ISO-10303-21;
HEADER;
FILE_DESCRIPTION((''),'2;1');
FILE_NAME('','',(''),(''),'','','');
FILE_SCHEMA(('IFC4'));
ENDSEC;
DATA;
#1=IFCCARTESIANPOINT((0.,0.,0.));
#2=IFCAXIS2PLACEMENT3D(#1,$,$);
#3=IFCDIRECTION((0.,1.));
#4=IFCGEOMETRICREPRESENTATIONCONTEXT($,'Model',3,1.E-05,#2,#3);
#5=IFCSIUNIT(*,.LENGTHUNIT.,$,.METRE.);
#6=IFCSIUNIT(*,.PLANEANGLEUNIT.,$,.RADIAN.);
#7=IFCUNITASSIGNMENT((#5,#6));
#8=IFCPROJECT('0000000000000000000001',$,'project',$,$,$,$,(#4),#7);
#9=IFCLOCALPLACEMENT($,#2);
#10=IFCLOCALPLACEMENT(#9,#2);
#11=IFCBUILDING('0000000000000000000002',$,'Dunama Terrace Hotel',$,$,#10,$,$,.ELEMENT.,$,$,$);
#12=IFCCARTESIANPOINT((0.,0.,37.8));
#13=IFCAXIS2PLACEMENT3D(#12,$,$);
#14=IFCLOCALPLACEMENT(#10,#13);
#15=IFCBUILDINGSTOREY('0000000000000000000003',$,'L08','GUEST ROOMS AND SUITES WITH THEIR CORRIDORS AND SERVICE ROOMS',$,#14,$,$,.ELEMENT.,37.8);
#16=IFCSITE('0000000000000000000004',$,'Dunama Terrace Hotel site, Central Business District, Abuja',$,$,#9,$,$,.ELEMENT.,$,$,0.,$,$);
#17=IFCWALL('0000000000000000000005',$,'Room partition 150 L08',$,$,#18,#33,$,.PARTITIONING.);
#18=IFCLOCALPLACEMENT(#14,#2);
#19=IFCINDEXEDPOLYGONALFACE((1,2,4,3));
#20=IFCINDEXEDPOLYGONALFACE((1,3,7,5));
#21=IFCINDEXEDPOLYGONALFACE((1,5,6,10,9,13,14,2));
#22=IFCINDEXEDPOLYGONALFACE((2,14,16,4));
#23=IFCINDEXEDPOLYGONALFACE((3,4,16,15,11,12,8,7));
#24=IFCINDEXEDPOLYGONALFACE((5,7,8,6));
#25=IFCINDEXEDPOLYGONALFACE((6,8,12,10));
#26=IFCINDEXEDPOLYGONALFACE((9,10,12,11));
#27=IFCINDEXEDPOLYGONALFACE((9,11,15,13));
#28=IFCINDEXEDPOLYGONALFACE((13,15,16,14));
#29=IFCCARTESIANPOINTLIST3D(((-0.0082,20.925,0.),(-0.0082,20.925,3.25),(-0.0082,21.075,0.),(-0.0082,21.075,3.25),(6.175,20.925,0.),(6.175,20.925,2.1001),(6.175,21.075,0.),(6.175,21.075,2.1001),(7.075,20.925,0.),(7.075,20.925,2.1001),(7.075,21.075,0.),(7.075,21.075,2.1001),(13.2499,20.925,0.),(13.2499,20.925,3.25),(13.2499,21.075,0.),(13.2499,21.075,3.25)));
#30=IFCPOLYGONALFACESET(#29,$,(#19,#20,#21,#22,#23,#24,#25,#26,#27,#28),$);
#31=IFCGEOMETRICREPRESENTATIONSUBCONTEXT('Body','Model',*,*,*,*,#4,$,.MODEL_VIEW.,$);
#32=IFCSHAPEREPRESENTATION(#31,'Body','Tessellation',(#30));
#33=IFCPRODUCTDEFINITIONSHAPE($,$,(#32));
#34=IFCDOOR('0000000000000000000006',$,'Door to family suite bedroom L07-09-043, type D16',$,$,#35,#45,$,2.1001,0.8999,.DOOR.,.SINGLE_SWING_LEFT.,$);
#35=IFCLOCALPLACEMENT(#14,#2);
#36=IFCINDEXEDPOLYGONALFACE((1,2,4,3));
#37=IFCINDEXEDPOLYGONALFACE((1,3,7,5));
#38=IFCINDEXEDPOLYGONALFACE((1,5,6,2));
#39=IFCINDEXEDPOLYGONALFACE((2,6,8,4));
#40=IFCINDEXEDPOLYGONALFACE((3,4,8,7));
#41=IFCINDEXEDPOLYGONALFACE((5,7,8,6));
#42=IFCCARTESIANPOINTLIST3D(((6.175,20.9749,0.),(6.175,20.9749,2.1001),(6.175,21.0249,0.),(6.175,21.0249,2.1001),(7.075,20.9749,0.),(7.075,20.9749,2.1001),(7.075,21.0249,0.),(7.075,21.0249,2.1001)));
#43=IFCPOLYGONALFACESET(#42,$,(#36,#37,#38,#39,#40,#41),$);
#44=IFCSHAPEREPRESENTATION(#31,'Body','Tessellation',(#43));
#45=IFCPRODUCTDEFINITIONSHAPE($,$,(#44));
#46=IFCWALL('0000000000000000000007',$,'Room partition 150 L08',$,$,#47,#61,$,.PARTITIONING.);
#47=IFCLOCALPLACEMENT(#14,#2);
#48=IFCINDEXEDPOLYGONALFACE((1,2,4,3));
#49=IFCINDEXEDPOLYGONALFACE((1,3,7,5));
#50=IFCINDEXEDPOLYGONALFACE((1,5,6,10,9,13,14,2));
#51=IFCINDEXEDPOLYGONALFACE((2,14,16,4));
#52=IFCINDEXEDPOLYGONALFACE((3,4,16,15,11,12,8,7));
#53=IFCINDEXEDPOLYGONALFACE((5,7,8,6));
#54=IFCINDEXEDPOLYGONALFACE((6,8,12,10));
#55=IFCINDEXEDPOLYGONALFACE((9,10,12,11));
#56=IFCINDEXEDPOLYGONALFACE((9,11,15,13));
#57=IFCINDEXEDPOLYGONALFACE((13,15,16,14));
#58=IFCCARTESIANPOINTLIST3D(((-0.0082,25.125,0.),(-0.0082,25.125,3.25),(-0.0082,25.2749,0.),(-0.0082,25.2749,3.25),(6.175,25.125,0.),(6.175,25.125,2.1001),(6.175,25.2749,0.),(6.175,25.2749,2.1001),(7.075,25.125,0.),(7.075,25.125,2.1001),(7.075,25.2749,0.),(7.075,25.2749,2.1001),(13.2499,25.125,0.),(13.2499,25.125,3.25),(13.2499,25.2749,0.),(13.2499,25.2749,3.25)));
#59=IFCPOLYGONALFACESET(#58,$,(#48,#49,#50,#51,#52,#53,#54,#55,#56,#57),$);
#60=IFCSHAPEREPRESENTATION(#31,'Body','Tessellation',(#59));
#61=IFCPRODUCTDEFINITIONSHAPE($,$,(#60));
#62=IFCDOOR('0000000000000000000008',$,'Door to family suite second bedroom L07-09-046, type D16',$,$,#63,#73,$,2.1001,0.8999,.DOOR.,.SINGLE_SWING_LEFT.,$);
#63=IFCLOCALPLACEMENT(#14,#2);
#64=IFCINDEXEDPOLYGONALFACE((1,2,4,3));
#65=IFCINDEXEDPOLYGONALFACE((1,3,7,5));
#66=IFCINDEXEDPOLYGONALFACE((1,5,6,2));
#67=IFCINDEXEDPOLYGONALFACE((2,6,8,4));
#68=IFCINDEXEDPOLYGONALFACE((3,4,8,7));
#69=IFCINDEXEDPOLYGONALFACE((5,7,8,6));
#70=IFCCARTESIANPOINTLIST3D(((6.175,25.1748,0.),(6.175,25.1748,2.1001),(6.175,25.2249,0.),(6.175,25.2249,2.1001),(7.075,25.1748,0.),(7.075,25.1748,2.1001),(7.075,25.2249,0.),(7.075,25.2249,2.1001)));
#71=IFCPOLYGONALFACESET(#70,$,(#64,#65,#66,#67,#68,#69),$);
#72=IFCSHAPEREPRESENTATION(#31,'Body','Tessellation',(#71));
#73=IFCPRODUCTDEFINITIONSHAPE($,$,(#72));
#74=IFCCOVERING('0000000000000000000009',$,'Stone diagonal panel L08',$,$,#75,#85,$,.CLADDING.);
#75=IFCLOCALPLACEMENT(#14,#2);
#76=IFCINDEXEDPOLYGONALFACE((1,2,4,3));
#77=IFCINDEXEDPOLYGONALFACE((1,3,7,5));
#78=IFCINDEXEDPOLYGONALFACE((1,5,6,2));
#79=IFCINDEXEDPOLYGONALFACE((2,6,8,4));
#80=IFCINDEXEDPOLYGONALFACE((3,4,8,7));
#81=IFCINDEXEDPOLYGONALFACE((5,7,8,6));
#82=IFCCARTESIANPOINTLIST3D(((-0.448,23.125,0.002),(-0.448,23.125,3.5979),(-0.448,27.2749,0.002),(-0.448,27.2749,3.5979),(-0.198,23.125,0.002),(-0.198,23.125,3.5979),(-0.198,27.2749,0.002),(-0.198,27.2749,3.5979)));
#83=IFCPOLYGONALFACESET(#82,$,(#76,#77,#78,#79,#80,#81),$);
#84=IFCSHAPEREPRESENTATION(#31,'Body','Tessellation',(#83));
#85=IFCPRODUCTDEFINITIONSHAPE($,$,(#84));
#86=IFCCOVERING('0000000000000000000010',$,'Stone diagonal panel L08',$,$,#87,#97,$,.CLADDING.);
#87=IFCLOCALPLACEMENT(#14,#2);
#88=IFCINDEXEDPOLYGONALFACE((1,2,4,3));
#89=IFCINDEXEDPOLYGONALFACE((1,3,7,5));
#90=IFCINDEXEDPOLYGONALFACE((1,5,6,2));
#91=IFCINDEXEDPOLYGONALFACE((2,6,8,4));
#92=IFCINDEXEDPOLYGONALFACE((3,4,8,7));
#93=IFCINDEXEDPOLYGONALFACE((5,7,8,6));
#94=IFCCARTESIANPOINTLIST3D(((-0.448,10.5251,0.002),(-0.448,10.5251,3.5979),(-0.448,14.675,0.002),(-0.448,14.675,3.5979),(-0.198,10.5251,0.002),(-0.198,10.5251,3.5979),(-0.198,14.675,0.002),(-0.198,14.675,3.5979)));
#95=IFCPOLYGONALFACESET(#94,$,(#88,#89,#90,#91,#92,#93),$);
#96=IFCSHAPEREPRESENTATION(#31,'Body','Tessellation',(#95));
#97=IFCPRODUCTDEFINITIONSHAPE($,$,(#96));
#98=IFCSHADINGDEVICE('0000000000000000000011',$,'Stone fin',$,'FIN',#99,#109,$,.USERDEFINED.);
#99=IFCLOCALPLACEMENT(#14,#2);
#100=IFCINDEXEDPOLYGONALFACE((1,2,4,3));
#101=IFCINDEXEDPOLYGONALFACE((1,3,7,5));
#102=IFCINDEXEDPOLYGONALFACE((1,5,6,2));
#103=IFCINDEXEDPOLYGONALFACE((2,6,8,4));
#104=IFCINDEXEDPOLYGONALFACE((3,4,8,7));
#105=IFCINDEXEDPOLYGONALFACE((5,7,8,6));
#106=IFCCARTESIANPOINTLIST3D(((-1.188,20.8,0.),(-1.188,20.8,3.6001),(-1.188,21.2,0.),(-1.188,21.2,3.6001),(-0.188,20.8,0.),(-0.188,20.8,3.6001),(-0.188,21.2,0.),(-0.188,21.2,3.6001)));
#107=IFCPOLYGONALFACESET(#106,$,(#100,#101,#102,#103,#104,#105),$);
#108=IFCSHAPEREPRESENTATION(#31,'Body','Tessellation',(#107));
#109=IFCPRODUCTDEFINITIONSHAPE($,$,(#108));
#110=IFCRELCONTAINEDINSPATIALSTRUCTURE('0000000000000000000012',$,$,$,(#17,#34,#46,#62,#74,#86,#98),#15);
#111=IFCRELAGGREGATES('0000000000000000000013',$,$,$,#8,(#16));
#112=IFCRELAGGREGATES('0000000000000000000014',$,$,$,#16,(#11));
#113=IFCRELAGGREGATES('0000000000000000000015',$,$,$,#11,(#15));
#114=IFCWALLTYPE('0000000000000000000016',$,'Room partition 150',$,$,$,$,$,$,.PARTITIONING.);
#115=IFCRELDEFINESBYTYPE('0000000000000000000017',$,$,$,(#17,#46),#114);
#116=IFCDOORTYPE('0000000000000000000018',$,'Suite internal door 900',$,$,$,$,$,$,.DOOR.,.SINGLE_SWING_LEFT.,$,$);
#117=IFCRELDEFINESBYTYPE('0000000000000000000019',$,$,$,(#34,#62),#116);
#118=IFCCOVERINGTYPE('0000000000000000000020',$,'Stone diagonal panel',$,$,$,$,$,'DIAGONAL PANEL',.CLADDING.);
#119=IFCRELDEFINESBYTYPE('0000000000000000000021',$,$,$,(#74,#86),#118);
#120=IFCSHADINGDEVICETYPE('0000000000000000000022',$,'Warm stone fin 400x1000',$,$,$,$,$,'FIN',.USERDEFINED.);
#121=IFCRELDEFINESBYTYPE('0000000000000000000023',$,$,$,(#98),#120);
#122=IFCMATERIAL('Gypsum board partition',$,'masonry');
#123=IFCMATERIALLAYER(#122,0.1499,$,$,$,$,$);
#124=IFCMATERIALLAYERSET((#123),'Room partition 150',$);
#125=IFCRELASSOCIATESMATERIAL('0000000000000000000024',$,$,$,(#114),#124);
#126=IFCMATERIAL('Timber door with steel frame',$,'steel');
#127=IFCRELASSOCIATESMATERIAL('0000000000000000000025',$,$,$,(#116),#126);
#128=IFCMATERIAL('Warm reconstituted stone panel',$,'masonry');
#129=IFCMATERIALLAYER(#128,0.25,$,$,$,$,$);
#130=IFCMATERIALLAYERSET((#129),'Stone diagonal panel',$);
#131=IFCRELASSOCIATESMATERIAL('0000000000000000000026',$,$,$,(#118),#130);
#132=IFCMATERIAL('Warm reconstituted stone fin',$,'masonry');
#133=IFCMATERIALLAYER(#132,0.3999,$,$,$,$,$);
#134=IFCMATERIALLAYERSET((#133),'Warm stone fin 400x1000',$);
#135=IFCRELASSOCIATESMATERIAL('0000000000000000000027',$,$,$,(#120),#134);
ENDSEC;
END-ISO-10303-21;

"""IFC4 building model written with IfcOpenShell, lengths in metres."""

from ifc_helpers import new_model, si_unit, direction, frame, frame_2d, origin, origin_2d, place, context, subcontext, project, spatial, rectangle, extrude, material, layer, layer_set, type_object, element, fill, save


model = new_model("IFC4")

# Units and contexts
model_context = context("Model", 3, precision=1e-05, world=origin(), true_north=direction((0.0, 1.0)))
body_context = subcontext(model_context, "Body", "Model", "MODEL_VIEW")
ifc_project = project(units=[si_unit("LENGTHUNIT", "METRE"), si_unit("PLANEANGLEUNIT", "RADIAN")], contexts=[model_context])

# Site, building, storey
site_placement = place(None, origin())
site = spatial("IfcSite", under=ifc_project, at=site_placement, Name="Dunama Terrace Hotel site, Central Business District, Abuja", CompositionType="ELEMENT", RefElevation=0.0)
building_placement = place(site_placement, origin())
building = spatial("IfcBuilding", under=site, at=building_placement, Name="Dunama Terrace Hotel", CompositionType="ELEMENT")
storey_placement = place(building_placement, frame((0.0, 0.0, 37.8)))
storey = spatial("IfcBuildingStorey", under=building, at=storey_placement, Name="L08", Description="GUEST ROOMS AND SUITES WITH THEIR CORRIDORS AND SERVICE ROOMS", CompositionType="ELEMENT", Elevation=37.8)

# Shared definitions
ifc_material_1 = material(Name="Gypsum board partition", Category="masonry")
ifc_layer_1 = layer(ifc_material_1, 0.1499)
ifc_layer_set_1 = layer_set([ifc_layer_1], Name="Room partition 150")
wall_type_1 = type_object("IfcWallType", Name="Room partition 150", PredefinedType="PARTITIONING", material=ifc_layer_set_1)

# Shared definitions
ifc_material_2 = material(Name="Timber door with steel frame", Category="steel")
door_type_1 = type_object("IfcDoorType", Name="Suite internal door 900", OperationType="SINGLE_SWING_LEFT", PredefinedType="DOOR", material=ifc_material_2)

# Walls, openings, doors
wall_1_placement = place(storey_placement, frame((-0.0081, 21.0, 0.0), z_axis=(0.0, 0.0, 1.0), x_axis=(1.0, 0.0, 0.0)))
wall_1 = element("IfcWall", 1, at=wall_1_placement, inside=storey, type_object=wall_type_1, Name="Room partition 150 L08", PredefinedType="PARTITIONING", context=body_context, shape_type="SweptSolid", body=[
    extrude(rectangle(XDim=13.2581, YDim=0.1499, at=frame_2d((6.6289, 0.0))), origin(), (0.0, 0.0, 1.0), 3.25),
])
opening_1_placement = place(wall_1_placement, frame((6.1831, 0.0, 0.0)))
opening_1 = element("IfcOpeningElement", 2, at=opening_1_placement, cuts=wall_1, PredefinedType="OPENING", context=body_context, shape_type="SweptSolid", body=[
    extrude(rectangle(XDim=0.8999, YDim=2.1001, at=frame_2d((0.45, 1.05))), frame((0.0, 0.085, 0.0), z_axis=(0.0, -1.0, 0.0), x_axis=(1.0, 0.0, 0.0)), (0.0, 0.0, 1.0), 0.1699),
])
door_1_placement = place(opening_1_placement, frame((0.8999, 0.0, 0.0), z_axis=(0.0, 0.0, 1.0), x_axis=(-1.0, 0.0, 0.0)))
door_1 = element("IfcDoor", 3, at=door_1_placement, inside=storey, type_object=door_type_1, Name="Door to family suite bedroom L07-09-043, type D16", OperationType="SINGLE_SWING_LEFT", OverallHeight=2.1001, OverallWidth=0.8999, PredefinedType="DOOR", context=body_context, shape_type="SweptSolid", body=[
    extrude(rectangle(XDim=0.8999, YDim=2.1001, at=frame_2d((0.45, 1.05))), frame((0.0, 0.0251, 0.0), z_axis=(0.0, -1.0, 0.0), x_axis=(1.0, 0.0, 0.0)), (0.0, 0.0, 1.0), 0.05),
])
fill(opening_1, door_1)
wall_2_placement = place(storey_placement, frame((-0.0081, 25.2, 0.0), z_axis=(0.0, 0.0, 1.0), x_axis=(1.0, 0.0, 0.0)))
wall_2 = element("IfcWall", 4, at=wall_2_placement, inside=storey, type_object=wall_type_1, Name="Room partition 150 L08", PredefinedType="PARTITIONING", context=body_context, shape_type="SweptSolid", body=[
    extrude(rectangle(XDim=13.2581, YDim=0.1499, at=frame_2d((6.6289, 0.0))), origin(), (0.0, 0.0, 1.0), 3.25),
])
opening_2_placement = place(wall_2_placement, frame((6.1831, 0.0, 0.0)))
opening_2 = element("IfcOpeningElement", 5, at=opening_2_placement, cuts=wall_2, PredefinedType="OPENING", context=body_context, shape_type="SweptSolid", body=[
    extrude(rectangle(XDim=0.8999, YDim=2.1001, at=frame_2d((0.45, 1.05))), frame((0.0, 0.085, 0.0), z_axis=(0.0, -1.0, 0.0), x_axis=(1.0, 0.0, 0.0)), (0.0, 0.0, 1.0), 0.1699),
])
door_2_placement = place(opening_2_placement, origin())
door_2 = element("IfcDoor", 6, at=door_2_placement, inside=storey, type_object=door_type_1, Name="Door to family suite second bedroom L07-09-046, type D16", OperationType="SINGLE_SWING_LEFT", OverallHeight=2.1001, OverallWidth=0.8999, PredefinedType="DOOR", context=body_context, shape_type="SweptSolid", body=[
    extrude(rectangle(XDim=0.8999, YDim=2.1001, at=frame_2d((0.45, 1.05))), frame((0.0, 0.0249, 0.0), z_axis=(0.0, -1.0, 0.0), x_axis=(1.0, 0.0, 0.0)), (0.0, 0.0, 1.0), 0.05),
])
fill(opening_2, door_2)

# Coverings
ifc_material_3 = material(Name="Warm reconstituted stone panel", Category="masonry")
ifc_layer_2 = layer(ifc_material_3, 0.25)
ifc_layer_set_2 = layer_set([ifc_layer_2], Name="Stone diagonal panel")
covering_type = type_object("IfcCoveringType", Name="Stone diagonal panel", ElementType="DIAGONAL PANEL", PredefinedType="CLADDING", material=ifc_layer_set_2)
for number, where, z_axis, x_axis, name in (
    (7, (-0.323, 25.2, 0.002), (0.0, 0.0, 1.0), (0.0, -1.0, 0.0), "Stone diagonal panel L08"),
    (8, (-0.323, 12.6001, 0.002), (0.0, 0.0, 1.0), (0.0, -1.0, 0.0), "Stone diagonal panel L08"),
):
    element("IfcCovering", number, at=place(storey_placement, frame(where, z_axis=z_axis, x_axis=x_axis)), inside=storey, type_object=covering_type, Name=name, PredefinedType="CLADDING", context=body_context, shape_type="SweptSolid", body=[
        extrude(rectangle(XDim=4.1499, YDim=0.25, at=origin_2d()), origin(), (0.0, 0.0, 1.0), 3.5959),
    ])

# Shading device
ifc_material_4 = material(Name="Warm reconstituted stone fin", Category="masonry")
ifc_layer_3 = layer(ifc_material_4, 0.3999)
ifc_layer_set_3 = layer_set([ifc_layer_3], Name="Warm stone fin 400x1000")
shading_device_type = type_object("IfcShadingDeviceType", Name="Warm stone fin 400x1000", ElementType="FIN", PredefinedType="USERDEFINED", material=ifc_layer_set_3)
shading_device_placement = place(storey_placement, frame((-0.688, 21.0, 0.0), z_axis=(0.0, 0.0, 1.0), x_axis=(0.0, -1.0, 0.0)))
element("IfcShadingDevice", 9, at=shading_device_placement, inside=storey, type_object=shading_device_type, Name="Stone fin", ObjectType="FIN", PredefinedType="USERDEFINED", context=body_context, shape_type="SweptSolid", body=[
    extrude(rectangle(XDim=0.3999, YDim=1.0, at=origin_2d()), origin(), (0.0, 0.0, 1.0), 3.6001),
])

save(model, "model.ifc")
